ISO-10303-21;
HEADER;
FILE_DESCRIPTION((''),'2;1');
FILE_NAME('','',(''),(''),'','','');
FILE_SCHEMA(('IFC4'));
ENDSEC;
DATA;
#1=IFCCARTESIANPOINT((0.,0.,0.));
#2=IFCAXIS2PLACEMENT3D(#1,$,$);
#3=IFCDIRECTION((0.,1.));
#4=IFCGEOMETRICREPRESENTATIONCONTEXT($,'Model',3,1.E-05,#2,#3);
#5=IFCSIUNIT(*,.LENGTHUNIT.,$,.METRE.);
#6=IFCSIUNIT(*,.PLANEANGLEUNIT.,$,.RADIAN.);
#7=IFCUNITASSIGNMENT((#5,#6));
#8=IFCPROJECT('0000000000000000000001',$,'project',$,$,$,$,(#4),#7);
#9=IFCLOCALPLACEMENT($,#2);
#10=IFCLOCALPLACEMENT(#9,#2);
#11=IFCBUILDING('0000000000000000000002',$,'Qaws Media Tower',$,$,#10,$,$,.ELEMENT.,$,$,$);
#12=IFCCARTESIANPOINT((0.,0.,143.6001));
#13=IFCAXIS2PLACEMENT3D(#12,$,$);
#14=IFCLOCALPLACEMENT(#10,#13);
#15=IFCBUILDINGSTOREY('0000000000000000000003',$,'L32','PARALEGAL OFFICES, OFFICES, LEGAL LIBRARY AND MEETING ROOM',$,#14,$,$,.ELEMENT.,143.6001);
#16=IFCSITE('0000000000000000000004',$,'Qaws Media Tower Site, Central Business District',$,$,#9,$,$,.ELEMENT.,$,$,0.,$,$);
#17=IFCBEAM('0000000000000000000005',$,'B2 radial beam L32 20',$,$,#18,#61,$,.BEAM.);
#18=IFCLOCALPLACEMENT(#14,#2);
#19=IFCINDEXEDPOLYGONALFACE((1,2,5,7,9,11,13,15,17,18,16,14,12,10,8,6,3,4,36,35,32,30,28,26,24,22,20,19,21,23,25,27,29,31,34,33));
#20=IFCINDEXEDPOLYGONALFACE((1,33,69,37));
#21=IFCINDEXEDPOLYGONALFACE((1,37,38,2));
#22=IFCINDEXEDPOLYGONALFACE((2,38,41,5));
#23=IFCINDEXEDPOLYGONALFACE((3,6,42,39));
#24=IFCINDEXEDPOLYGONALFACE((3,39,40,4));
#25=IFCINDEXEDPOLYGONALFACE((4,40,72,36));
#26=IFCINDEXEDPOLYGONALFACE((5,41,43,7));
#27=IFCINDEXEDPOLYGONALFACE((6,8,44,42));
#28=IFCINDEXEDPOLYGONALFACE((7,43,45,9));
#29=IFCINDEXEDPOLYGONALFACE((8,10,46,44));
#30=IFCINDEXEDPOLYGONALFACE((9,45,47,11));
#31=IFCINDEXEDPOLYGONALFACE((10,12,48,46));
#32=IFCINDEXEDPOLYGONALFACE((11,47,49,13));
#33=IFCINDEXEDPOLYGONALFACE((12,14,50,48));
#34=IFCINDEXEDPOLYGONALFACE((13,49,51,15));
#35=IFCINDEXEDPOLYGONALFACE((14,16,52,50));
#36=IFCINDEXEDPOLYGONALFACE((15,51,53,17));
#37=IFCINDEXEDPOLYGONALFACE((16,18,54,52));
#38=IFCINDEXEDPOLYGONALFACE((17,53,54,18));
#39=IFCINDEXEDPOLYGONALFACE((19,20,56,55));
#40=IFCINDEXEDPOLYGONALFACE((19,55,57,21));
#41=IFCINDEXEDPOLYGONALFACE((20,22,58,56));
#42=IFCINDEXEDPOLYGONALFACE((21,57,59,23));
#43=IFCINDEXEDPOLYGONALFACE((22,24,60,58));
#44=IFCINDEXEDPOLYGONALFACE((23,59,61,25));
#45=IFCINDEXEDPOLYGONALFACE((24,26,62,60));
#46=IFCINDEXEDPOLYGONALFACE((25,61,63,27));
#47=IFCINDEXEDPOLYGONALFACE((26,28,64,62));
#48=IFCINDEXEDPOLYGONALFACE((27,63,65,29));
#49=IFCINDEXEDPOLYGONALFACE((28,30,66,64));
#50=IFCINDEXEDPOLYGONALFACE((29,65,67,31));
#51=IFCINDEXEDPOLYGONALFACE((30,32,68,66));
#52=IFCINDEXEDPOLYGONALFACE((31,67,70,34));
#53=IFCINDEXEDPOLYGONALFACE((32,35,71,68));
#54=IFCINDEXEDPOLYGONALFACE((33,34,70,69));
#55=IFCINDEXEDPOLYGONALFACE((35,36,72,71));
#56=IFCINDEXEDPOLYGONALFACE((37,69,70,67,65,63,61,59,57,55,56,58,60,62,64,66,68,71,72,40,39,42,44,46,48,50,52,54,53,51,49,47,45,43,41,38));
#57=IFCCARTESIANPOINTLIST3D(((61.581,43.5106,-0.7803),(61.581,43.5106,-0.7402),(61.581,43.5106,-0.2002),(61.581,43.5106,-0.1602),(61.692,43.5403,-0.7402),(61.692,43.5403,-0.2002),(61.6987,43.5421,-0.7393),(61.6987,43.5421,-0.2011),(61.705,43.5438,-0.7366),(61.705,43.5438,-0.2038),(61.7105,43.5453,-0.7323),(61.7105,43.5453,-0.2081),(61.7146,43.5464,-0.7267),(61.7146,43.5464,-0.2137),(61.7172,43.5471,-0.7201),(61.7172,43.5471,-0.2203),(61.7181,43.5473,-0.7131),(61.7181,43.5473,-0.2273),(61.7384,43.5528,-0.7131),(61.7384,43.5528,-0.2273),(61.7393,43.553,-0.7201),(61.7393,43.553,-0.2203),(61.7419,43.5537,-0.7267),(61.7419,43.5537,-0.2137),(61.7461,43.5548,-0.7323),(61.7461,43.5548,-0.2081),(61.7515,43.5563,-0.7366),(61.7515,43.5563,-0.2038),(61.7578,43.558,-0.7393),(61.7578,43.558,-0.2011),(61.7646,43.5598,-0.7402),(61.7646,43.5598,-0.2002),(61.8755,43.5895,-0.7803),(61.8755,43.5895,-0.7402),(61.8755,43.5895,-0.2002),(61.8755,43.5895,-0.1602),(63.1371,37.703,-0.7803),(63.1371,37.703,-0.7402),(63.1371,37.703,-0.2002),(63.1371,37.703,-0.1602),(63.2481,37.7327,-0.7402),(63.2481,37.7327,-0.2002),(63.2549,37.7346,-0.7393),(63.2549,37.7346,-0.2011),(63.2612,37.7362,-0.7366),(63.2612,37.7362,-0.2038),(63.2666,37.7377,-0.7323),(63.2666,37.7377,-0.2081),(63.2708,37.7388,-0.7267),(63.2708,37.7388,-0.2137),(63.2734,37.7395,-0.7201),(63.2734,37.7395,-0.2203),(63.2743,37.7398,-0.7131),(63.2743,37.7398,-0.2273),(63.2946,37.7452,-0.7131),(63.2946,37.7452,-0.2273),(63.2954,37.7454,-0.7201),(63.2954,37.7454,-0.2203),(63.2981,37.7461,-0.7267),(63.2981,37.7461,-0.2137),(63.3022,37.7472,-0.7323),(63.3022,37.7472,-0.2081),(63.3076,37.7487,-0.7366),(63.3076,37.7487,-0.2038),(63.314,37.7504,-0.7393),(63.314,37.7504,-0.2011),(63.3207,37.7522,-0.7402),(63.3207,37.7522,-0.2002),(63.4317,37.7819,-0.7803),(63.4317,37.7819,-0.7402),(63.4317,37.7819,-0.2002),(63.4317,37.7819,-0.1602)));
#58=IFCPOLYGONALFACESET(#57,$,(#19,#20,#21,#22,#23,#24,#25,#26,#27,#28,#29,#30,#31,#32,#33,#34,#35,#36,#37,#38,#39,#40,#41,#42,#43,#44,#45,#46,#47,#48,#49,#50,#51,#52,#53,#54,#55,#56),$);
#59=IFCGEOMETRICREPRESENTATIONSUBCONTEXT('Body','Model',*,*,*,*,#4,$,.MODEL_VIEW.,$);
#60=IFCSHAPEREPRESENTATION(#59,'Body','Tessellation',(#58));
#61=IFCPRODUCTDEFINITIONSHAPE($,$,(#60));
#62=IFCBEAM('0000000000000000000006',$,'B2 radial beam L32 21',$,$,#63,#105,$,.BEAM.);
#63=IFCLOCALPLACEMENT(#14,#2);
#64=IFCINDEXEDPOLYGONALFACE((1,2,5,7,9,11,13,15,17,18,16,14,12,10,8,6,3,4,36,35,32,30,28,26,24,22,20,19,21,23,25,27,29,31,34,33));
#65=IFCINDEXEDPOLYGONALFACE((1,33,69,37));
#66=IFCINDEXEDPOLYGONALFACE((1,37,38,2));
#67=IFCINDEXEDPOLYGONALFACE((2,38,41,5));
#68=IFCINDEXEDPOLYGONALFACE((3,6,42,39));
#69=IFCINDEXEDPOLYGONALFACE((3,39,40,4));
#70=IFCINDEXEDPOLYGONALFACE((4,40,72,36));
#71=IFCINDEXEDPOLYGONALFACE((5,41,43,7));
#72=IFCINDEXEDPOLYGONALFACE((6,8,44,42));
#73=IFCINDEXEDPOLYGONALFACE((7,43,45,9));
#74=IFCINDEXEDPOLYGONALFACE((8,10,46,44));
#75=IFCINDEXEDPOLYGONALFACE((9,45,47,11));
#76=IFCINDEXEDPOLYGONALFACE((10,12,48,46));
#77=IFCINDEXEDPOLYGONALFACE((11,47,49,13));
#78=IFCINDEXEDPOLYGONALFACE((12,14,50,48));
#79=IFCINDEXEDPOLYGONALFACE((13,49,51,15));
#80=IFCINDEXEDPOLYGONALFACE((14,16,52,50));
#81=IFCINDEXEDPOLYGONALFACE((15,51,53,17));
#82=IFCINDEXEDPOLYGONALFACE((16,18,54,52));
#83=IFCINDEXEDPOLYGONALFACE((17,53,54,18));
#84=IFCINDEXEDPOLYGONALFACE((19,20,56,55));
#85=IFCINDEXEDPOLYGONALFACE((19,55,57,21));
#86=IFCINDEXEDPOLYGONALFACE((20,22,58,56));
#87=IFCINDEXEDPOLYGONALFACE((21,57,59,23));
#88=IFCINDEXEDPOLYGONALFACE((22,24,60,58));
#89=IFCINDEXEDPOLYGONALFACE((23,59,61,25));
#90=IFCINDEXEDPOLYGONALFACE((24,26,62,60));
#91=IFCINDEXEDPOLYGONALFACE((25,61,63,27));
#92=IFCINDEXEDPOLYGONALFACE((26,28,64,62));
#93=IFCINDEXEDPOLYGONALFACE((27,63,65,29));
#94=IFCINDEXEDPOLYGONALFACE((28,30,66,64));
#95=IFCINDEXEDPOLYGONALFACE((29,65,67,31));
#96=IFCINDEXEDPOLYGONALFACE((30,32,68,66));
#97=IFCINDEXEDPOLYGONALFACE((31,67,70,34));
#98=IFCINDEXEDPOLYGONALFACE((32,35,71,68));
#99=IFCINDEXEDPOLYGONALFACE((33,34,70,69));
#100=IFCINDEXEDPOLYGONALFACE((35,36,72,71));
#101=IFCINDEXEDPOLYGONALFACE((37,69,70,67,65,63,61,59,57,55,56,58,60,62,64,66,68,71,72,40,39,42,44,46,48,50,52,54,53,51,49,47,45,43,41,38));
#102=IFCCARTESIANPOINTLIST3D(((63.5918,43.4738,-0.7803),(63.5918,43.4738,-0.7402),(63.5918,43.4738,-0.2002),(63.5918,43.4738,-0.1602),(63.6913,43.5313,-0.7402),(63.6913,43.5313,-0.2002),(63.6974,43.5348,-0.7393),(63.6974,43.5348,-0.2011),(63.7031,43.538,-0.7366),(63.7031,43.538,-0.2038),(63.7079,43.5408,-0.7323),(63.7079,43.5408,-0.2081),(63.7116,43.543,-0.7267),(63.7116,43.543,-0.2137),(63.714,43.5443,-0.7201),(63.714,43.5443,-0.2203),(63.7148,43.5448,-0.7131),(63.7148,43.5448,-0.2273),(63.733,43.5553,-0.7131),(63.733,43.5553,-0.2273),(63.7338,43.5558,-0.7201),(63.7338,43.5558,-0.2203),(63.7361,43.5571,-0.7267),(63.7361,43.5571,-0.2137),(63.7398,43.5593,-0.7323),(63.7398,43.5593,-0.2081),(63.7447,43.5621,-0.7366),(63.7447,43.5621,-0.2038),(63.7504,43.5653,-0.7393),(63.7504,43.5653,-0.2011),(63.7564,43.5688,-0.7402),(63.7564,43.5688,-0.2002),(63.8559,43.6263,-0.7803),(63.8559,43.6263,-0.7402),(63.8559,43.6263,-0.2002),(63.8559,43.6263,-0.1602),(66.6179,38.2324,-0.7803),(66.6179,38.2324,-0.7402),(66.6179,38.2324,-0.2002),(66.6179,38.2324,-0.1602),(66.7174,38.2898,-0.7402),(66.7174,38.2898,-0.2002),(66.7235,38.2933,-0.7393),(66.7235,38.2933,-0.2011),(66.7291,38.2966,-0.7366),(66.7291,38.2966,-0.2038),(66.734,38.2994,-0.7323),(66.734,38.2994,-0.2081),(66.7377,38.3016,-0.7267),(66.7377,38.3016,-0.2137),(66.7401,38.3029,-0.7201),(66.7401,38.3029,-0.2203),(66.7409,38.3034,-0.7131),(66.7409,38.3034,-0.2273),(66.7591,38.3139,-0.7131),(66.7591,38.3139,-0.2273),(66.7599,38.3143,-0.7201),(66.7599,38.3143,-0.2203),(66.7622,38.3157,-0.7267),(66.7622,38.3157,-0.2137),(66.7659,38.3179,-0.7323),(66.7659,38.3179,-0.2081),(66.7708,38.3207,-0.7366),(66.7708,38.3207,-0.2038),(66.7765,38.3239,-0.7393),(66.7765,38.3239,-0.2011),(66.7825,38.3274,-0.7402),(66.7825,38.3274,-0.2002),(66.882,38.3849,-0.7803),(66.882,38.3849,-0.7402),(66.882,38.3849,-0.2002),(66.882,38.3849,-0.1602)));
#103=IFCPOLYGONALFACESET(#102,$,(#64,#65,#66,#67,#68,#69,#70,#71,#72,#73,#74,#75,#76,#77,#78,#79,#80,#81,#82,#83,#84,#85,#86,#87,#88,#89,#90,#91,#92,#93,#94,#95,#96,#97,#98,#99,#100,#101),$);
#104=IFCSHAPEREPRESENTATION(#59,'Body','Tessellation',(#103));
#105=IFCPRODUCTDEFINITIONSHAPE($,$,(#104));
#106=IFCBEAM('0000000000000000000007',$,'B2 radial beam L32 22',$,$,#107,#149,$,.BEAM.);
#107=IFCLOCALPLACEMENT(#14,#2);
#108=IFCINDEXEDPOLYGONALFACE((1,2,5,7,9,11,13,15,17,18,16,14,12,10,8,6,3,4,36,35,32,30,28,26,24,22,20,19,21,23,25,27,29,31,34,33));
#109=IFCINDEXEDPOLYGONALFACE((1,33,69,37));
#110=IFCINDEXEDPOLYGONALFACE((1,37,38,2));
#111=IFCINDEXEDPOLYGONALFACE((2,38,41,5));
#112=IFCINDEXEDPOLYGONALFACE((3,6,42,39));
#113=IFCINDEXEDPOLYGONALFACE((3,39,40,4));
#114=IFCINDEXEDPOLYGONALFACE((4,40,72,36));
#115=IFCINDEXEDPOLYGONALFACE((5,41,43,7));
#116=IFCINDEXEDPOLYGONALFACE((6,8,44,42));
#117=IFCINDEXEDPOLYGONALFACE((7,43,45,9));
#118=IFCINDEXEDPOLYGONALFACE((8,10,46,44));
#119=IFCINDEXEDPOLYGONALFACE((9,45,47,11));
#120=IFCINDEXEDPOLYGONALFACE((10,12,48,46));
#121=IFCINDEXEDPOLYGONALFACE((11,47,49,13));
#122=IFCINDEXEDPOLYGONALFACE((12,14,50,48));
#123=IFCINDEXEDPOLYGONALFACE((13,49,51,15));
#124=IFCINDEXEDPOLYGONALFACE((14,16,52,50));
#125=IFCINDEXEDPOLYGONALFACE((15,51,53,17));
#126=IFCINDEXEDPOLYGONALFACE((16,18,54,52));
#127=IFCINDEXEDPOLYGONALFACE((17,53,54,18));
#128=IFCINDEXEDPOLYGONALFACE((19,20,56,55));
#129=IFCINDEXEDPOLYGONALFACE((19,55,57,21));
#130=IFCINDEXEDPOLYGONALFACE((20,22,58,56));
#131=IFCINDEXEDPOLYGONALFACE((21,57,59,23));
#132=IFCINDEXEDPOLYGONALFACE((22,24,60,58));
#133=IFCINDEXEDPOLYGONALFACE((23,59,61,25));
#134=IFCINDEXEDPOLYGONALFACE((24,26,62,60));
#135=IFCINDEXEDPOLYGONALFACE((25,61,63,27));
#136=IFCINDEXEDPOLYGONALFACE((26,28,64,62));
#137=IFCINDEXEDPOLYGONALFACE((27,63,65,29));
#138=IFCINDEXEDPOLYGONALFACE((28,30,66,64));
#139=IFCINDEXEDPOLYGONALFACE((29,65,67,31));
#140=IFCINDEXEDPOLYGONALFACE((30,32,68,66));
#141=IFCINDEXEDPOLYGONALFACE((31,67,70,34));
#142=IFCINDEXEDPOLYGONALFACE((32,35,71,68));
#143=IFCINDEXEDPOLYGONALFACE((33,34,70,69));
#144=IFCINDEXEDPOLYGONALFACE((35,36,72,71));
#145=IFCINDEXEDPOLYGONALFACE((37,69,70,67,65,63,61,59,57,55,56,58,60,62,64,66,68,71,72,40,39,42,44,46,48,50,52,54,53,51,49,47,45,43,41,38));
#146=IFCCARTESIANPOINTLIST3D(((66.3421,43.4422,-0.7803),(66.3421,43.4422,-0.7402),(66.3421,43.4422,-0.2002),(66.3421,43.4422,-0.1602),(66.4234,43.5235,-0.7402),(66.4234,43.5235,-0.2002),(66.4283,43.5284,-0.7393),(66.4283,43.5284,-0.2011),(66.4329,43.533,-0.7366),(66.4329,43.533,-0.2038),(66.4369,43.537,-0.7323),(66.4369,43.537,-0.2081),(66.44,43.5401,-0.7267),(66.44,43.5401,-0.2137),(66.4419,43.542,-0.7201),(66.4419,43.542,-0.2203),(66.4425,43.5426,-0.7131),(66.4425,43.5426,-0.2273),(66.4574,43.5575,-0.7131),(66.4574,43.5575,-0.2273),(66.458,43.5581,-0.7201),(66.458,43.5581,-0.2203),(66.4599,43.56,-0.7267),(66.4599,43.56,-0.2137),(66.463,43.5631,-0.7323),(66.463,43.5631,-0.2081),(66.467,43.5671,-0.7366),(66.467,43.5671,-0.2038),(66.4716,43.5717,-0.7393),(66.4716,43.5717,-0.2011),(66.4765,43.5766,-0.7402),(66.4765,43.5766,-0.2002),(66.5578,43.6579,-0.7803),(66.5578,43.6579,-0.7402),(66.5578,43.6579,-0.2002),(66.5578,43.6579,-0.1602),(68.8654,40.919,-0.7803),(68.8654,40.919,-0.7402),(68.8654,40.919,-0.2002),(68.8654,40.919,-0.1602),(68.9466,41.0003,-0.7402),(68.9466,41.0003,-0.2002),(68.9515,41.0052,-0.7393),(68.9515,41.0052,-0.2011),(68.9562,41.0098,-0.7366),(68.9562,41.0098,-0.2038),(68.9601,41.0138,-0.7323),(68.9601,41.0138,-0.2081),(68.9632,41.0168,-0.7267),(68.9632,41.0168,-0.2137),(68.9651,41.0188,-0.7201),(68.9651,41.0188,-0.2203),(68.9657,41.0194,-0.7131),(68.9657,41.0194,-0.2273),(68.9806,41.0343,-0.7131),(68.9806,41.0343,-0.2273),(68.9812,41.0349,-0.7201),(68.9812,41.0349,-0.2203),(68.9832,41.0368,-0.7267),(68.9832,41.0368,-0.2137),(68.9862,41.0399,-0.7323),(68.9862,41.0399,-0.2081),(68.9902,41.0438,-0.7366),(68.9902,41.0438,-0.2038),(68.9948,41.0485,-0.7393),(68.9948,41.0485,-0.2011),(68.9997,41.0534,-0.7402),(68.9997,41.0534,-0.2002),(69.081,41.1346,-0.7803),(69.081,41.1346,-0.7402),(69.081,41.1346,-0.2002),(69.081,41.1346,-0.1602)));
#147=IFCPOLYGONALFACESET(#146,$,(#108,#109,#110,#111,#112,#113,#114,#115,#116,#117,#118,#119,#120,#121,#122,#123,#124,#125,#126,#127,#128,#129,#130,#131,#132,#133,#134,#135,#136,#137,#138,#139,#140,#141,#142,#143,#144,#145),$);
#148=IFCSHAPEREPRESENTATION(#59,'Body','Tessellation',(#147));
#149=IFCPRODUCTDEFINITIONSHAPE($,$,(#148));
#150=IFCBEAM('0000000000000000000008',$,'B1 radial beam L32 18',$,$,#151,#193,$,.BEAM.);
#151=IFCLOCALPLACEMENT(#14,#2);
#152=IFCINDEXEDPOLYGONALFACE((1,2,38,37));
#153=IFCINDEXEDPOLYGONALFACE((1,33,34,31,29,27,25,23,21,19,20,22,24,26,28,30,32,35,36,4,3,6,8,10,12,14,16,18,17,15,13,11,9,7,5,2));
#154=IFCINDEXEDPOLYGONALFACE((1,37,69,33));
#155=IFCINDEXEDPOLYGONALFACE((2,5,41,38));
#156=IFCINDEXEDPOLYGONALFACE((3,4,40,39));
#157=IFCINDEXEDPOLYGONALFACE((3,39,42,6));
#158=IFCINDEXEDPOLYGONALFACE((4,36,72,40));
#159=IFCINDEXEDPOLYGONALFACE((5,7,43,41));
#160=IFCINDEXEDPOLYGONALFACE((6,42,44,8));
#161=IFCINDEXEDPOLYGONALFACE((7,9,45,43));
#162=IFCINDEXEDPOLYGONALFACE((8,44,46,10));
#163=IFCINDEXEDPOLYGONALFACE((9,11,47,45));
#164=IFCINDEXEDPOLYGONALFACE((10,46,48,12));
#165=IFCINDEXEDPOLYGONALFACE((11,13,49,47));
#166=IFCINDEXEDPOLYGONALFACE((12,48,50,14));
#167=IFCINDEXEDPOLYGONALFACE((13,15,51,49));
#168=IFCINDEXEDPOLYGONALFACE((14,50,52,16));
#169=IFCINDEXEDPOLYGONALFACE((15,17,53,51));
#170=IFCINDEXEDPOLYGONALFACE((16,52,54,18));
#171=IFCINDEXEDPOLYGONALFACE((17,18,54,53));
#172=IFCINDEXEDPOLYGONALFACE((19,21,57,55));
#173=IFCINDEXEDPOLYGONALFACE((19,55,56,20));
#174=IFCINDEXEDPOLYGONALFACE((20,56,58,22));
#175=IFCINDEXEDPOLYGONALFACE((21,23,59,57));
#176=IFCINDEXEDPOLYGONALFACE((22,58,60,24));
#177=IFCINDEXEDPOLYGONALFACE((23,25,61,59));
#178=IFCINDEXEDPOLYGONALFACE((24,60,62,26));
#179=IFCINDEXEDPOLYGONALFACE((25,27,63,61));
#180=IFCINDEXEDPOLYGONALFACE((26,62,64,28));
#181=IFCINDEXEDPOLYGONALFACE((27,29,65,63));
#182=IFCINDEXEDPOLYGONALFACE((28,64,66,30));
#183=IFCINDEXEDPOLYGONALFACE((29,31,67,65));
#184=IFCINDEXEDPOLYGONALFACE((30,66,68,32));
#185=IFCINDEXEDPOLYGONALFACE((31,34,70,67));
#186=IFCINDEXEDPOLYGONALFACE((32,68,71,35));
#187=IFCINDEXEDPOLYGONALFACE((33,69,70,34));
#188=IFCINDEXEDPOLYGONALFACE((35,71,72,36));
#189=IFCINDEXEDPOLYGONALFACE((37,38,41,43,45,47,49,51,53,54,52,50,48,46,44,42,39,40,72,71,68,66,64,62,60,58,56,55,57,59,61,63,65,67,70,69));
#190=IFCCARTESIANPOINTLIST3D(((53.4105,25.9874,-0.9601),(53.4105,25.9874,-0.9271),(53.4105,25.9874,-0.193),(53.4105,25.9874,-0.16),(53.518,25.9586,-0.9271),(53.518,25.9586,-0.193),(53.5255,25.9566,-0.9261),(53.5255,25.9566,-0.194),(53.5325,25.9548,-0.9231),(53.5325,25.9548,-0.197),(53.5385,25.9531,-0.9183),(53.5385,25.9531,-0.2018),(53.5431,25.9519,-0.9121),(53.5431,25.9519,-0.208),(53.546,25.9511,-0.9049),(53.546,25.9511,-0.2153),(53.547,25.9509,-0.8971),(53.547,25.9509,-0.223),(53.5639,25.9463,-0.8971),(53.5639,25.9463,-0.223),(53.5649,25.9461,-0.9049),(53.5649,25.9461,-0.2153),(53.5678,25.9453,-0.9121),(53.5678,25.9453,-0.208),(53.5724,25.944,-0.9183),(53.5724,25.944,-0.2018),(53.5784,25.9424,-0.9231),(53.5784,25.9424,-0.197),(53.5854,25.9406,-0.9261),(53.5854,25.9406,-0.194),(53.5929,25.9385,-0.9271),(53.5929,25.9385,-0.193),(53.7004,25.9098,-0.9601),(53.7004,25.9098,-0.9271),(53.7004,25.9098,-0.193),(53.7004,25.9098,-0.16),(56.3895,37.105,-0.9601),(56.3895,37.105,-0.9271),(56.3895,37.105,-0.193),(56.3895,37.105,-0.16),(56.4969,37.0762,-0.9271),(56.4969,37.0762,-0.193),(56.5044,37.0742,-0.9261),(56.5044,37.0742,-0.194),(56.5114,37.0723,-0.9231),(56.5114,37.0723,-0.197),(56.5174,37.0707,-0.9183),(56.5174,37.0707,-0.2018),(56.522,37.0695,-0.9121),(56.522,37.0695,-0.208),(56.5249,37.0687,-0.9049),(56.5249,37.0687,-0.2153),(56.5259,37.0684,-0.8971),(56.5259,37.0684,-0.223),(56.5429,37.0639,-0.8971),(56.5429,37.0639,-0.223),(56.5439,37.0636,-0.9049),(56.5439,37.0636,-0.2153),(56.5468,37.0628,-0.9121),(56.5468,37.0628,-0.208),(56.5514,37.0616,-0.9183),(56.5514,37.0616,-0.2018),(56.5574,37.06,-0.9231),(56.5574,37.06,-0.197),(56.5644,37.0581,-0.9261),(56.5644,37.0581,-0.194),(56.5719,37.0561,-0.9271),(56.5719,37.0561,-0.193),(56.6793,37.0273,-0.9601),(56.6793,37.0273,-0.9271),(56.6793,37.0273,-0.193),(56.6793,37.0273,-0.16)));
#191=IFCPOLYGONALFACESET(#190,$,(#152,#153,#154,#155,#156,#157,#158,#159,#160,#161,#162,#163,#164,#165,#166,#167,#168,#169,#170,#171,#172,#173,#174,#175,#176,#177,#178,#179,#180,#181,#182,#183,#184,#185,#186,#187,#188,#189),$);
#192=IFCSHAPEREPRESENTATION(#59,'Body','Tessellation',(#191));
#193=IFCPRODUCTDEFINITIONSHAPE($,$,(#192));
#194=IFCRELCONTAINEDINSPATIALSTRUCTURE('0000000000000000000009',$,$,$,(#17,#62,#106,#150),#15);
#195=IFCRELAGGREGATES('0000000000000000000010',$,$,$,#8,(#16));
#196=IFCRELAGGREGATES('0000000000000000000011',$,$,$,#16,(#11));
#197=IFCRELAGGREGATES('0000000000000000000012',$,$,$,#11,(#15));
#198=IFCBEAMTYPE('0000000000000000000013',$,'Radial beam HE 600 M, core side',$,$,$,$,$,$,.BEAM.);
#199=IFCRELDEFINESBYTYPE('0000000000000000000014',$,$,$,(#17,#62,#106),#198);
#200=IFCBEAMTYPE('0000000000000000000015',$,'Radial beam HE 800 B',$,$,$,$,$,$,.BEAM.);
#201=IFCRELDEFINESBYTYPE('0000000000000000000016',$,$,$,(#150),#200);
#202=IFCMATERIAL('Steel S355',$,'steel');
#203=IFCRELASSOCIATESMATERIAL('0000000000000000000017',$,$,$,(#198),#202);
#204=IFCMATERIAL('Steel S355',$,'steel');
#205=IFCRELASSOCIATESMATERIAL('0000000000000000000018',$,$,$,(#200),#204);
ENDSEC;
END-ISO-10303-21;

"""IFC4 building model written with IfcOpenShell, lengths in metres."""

from ifc_helpers import new_model, si_unit, direction, frame, origin, origin_2d, place, context, subcontext, project, spatial, i_section, extrude, material, material_profile, profile_set, type_object, element, save


model = new_model("IFC4")

# Units and contexts
model_context = context("Model", 3, precision=1e-05, world=origin(), true_north=direction((0.0, 1.0)))
body_context = subcontext(model_context, "Body", "Model", "MODEL_VIEW")
ifc_project = project(units=[si_unit("LENGTHUNIT", "METRE"), si_unit("PLANEANGLEUNIT", "RADIAN")], contexts=[model_context])

# Site, building, storey
site_placement = place(None, origin())
site = spatial("IfcSite", under=ifc_project, at=site_placement, Name="Qaws Media Tower Site, Central Business District", CompositionType="ELEMENT", RefElevation=0.0)
building_placement = place(site_placement, origin())
building = spatial("IfcBuilding", under=site, at=building_placement, Name="Qaws Media Tower", CompositionType="ELEMENT")
storey_placement = place(building_placement, frame((0.0, 0.0, 143.6001)))
storey = spatial("IfcBuildingStorey", under=building, at=storey_placement, Name="L32", Description="PARALEGAL OFFICES, OFFICES, LEGAL LIBRARY AND MEETING ROOM", CompositionType="ELEMENT", Elevation=143.6001)

# Beams
ifc_material_1 = material(Name="Steel S355", Category="steel")
ifc_material_profile_1 = material_profile(ifc_material_1, i_section(OverallWidth=0.3049, OverallDepth=0.6201, WebThickness=0.021, FlangeThickness=0.04, FilletRadius=0.0271, at=origin_2d()), Name="HE 600 M")
ifc_profile_set_1 = profile_set([ifc_material_profile_1], Name="Steel S355")
beam_type_1 = type_object("IfcBeamType", Name="Radial beam HE 600 M, core side", PredefinedType="BEAM", material=ifc_profile_set_1)
beam_1_placement = place(storey_placement, frame((61.7283, 43.55, -0.4702), z_axis=(0.25882, -0.965926, 0.0), x_axis=(0.965926, 0.25882, 0.0)))
element("IfcBeam", 1, at=beam_1_placement, inside=storey, type_object=beam_type_1, Name="B2 radial beam L32 20", PredefinedType="BEAM", context=body_context, shape_type="SweptSolid", body=[
    extrude(i_section(OverallWidth=0.3049, OverallDepth=0.6201, WebThickness=0.021, FlangeThickness=0.04, FilletRadius=0.0271, at=origin_2d()), origin(), (0.0, 0.0, 1.0), 6.0125),
])
beam_2_placement = place(storey_placement, frame((63.7239, 43.55, -0.4702), z_axis=(0.499996, -0.866028, 0.0), x_axis=(0.866028, 0.499996, 0.0)))
element("IfcBeam", 2, at=beam_2_placement, inside=storey, type_object=beam_type_1, Name="B2 radial beam L32 21", PredefinedType="BEAM", context=body_context, shape_type="SweptSolid", body=[
    extrude(i_section(OverallWidth=0.3049, OverallDepth=0.6201, WebThickness=0.021, FlangeThickness=0.04, FilletRadius=0.0271, at=origin_2d()), origin(), (0.0, 0.0, 1.0), 6.0522),
])
beam_3_placement = place(storey_placement, frame((66.45, 43.55, -0.4702), z_axis=(0.707107, -0.707107, 0.0), x_axis=(0.707107, 0.707107, 0.0)))
element("IfcBeam", 3, at=beam_3_placement, inside=storey, type_object=beam_type_1, Name="B2 radial beam L32 22", PredefinedType="BEAM", context=body_context, shape_type="SweptSolid", body=[
    extrude(i_section(OverallWidth=0.3049, OverallDepth=0.6201, WebThickness=0.021, FlangeThickness=0.04, FilletRadius=0.0271, at=origin_2d()), origin(), (0.0, 0.0, 1.0), 3.5684),
])
ifc_material_2 = material(Name="Steel S355", Category="steel")
ifc_material_profile_2 = material_profile(ifc_material_2, i_section(OverallWidth=0.3, OverallDepth=0.8, WebThickness=0.0176, FlangeThickness=0.033, FilletRadius=0.03, at=origin_2d()), Name="HE 800 B")
ifc_profile_set_2 = profile_set([ifc_material_profile_2], Name="Steel S355")
beam_type_2 = type_object("IfcBeamType", Name="Radial beam HE 800 B", PredefinedType="BEAM", material=ifc_profile_set_2)
beam_4_placement = place(storey_placement, frame((56.5344, 37.0662, -0.5601), z_axis=(-0.258822, -0.965925, 0.0), x_axis=(0.965925, -0.258822, 0.0)))
element("IfcBeam", 4, at=beam_4_placement, inside=storey, type_object=beam_type_2, Name="B1 radial beam L32 18", PredefinedType="BEAM", context=body_context, shape_type="SweptSolid", body=[
    extrude(i_section(OverallWidth=0.3, OverallDepth=0.8, WebThickness=0.0176, FlangeThickness=0.033, FilletRadius=0.03, at=origin_2d()), origin(), (0.0, 0.0, 1.0), 11.5098),
])

save(model, "model.ifc")
